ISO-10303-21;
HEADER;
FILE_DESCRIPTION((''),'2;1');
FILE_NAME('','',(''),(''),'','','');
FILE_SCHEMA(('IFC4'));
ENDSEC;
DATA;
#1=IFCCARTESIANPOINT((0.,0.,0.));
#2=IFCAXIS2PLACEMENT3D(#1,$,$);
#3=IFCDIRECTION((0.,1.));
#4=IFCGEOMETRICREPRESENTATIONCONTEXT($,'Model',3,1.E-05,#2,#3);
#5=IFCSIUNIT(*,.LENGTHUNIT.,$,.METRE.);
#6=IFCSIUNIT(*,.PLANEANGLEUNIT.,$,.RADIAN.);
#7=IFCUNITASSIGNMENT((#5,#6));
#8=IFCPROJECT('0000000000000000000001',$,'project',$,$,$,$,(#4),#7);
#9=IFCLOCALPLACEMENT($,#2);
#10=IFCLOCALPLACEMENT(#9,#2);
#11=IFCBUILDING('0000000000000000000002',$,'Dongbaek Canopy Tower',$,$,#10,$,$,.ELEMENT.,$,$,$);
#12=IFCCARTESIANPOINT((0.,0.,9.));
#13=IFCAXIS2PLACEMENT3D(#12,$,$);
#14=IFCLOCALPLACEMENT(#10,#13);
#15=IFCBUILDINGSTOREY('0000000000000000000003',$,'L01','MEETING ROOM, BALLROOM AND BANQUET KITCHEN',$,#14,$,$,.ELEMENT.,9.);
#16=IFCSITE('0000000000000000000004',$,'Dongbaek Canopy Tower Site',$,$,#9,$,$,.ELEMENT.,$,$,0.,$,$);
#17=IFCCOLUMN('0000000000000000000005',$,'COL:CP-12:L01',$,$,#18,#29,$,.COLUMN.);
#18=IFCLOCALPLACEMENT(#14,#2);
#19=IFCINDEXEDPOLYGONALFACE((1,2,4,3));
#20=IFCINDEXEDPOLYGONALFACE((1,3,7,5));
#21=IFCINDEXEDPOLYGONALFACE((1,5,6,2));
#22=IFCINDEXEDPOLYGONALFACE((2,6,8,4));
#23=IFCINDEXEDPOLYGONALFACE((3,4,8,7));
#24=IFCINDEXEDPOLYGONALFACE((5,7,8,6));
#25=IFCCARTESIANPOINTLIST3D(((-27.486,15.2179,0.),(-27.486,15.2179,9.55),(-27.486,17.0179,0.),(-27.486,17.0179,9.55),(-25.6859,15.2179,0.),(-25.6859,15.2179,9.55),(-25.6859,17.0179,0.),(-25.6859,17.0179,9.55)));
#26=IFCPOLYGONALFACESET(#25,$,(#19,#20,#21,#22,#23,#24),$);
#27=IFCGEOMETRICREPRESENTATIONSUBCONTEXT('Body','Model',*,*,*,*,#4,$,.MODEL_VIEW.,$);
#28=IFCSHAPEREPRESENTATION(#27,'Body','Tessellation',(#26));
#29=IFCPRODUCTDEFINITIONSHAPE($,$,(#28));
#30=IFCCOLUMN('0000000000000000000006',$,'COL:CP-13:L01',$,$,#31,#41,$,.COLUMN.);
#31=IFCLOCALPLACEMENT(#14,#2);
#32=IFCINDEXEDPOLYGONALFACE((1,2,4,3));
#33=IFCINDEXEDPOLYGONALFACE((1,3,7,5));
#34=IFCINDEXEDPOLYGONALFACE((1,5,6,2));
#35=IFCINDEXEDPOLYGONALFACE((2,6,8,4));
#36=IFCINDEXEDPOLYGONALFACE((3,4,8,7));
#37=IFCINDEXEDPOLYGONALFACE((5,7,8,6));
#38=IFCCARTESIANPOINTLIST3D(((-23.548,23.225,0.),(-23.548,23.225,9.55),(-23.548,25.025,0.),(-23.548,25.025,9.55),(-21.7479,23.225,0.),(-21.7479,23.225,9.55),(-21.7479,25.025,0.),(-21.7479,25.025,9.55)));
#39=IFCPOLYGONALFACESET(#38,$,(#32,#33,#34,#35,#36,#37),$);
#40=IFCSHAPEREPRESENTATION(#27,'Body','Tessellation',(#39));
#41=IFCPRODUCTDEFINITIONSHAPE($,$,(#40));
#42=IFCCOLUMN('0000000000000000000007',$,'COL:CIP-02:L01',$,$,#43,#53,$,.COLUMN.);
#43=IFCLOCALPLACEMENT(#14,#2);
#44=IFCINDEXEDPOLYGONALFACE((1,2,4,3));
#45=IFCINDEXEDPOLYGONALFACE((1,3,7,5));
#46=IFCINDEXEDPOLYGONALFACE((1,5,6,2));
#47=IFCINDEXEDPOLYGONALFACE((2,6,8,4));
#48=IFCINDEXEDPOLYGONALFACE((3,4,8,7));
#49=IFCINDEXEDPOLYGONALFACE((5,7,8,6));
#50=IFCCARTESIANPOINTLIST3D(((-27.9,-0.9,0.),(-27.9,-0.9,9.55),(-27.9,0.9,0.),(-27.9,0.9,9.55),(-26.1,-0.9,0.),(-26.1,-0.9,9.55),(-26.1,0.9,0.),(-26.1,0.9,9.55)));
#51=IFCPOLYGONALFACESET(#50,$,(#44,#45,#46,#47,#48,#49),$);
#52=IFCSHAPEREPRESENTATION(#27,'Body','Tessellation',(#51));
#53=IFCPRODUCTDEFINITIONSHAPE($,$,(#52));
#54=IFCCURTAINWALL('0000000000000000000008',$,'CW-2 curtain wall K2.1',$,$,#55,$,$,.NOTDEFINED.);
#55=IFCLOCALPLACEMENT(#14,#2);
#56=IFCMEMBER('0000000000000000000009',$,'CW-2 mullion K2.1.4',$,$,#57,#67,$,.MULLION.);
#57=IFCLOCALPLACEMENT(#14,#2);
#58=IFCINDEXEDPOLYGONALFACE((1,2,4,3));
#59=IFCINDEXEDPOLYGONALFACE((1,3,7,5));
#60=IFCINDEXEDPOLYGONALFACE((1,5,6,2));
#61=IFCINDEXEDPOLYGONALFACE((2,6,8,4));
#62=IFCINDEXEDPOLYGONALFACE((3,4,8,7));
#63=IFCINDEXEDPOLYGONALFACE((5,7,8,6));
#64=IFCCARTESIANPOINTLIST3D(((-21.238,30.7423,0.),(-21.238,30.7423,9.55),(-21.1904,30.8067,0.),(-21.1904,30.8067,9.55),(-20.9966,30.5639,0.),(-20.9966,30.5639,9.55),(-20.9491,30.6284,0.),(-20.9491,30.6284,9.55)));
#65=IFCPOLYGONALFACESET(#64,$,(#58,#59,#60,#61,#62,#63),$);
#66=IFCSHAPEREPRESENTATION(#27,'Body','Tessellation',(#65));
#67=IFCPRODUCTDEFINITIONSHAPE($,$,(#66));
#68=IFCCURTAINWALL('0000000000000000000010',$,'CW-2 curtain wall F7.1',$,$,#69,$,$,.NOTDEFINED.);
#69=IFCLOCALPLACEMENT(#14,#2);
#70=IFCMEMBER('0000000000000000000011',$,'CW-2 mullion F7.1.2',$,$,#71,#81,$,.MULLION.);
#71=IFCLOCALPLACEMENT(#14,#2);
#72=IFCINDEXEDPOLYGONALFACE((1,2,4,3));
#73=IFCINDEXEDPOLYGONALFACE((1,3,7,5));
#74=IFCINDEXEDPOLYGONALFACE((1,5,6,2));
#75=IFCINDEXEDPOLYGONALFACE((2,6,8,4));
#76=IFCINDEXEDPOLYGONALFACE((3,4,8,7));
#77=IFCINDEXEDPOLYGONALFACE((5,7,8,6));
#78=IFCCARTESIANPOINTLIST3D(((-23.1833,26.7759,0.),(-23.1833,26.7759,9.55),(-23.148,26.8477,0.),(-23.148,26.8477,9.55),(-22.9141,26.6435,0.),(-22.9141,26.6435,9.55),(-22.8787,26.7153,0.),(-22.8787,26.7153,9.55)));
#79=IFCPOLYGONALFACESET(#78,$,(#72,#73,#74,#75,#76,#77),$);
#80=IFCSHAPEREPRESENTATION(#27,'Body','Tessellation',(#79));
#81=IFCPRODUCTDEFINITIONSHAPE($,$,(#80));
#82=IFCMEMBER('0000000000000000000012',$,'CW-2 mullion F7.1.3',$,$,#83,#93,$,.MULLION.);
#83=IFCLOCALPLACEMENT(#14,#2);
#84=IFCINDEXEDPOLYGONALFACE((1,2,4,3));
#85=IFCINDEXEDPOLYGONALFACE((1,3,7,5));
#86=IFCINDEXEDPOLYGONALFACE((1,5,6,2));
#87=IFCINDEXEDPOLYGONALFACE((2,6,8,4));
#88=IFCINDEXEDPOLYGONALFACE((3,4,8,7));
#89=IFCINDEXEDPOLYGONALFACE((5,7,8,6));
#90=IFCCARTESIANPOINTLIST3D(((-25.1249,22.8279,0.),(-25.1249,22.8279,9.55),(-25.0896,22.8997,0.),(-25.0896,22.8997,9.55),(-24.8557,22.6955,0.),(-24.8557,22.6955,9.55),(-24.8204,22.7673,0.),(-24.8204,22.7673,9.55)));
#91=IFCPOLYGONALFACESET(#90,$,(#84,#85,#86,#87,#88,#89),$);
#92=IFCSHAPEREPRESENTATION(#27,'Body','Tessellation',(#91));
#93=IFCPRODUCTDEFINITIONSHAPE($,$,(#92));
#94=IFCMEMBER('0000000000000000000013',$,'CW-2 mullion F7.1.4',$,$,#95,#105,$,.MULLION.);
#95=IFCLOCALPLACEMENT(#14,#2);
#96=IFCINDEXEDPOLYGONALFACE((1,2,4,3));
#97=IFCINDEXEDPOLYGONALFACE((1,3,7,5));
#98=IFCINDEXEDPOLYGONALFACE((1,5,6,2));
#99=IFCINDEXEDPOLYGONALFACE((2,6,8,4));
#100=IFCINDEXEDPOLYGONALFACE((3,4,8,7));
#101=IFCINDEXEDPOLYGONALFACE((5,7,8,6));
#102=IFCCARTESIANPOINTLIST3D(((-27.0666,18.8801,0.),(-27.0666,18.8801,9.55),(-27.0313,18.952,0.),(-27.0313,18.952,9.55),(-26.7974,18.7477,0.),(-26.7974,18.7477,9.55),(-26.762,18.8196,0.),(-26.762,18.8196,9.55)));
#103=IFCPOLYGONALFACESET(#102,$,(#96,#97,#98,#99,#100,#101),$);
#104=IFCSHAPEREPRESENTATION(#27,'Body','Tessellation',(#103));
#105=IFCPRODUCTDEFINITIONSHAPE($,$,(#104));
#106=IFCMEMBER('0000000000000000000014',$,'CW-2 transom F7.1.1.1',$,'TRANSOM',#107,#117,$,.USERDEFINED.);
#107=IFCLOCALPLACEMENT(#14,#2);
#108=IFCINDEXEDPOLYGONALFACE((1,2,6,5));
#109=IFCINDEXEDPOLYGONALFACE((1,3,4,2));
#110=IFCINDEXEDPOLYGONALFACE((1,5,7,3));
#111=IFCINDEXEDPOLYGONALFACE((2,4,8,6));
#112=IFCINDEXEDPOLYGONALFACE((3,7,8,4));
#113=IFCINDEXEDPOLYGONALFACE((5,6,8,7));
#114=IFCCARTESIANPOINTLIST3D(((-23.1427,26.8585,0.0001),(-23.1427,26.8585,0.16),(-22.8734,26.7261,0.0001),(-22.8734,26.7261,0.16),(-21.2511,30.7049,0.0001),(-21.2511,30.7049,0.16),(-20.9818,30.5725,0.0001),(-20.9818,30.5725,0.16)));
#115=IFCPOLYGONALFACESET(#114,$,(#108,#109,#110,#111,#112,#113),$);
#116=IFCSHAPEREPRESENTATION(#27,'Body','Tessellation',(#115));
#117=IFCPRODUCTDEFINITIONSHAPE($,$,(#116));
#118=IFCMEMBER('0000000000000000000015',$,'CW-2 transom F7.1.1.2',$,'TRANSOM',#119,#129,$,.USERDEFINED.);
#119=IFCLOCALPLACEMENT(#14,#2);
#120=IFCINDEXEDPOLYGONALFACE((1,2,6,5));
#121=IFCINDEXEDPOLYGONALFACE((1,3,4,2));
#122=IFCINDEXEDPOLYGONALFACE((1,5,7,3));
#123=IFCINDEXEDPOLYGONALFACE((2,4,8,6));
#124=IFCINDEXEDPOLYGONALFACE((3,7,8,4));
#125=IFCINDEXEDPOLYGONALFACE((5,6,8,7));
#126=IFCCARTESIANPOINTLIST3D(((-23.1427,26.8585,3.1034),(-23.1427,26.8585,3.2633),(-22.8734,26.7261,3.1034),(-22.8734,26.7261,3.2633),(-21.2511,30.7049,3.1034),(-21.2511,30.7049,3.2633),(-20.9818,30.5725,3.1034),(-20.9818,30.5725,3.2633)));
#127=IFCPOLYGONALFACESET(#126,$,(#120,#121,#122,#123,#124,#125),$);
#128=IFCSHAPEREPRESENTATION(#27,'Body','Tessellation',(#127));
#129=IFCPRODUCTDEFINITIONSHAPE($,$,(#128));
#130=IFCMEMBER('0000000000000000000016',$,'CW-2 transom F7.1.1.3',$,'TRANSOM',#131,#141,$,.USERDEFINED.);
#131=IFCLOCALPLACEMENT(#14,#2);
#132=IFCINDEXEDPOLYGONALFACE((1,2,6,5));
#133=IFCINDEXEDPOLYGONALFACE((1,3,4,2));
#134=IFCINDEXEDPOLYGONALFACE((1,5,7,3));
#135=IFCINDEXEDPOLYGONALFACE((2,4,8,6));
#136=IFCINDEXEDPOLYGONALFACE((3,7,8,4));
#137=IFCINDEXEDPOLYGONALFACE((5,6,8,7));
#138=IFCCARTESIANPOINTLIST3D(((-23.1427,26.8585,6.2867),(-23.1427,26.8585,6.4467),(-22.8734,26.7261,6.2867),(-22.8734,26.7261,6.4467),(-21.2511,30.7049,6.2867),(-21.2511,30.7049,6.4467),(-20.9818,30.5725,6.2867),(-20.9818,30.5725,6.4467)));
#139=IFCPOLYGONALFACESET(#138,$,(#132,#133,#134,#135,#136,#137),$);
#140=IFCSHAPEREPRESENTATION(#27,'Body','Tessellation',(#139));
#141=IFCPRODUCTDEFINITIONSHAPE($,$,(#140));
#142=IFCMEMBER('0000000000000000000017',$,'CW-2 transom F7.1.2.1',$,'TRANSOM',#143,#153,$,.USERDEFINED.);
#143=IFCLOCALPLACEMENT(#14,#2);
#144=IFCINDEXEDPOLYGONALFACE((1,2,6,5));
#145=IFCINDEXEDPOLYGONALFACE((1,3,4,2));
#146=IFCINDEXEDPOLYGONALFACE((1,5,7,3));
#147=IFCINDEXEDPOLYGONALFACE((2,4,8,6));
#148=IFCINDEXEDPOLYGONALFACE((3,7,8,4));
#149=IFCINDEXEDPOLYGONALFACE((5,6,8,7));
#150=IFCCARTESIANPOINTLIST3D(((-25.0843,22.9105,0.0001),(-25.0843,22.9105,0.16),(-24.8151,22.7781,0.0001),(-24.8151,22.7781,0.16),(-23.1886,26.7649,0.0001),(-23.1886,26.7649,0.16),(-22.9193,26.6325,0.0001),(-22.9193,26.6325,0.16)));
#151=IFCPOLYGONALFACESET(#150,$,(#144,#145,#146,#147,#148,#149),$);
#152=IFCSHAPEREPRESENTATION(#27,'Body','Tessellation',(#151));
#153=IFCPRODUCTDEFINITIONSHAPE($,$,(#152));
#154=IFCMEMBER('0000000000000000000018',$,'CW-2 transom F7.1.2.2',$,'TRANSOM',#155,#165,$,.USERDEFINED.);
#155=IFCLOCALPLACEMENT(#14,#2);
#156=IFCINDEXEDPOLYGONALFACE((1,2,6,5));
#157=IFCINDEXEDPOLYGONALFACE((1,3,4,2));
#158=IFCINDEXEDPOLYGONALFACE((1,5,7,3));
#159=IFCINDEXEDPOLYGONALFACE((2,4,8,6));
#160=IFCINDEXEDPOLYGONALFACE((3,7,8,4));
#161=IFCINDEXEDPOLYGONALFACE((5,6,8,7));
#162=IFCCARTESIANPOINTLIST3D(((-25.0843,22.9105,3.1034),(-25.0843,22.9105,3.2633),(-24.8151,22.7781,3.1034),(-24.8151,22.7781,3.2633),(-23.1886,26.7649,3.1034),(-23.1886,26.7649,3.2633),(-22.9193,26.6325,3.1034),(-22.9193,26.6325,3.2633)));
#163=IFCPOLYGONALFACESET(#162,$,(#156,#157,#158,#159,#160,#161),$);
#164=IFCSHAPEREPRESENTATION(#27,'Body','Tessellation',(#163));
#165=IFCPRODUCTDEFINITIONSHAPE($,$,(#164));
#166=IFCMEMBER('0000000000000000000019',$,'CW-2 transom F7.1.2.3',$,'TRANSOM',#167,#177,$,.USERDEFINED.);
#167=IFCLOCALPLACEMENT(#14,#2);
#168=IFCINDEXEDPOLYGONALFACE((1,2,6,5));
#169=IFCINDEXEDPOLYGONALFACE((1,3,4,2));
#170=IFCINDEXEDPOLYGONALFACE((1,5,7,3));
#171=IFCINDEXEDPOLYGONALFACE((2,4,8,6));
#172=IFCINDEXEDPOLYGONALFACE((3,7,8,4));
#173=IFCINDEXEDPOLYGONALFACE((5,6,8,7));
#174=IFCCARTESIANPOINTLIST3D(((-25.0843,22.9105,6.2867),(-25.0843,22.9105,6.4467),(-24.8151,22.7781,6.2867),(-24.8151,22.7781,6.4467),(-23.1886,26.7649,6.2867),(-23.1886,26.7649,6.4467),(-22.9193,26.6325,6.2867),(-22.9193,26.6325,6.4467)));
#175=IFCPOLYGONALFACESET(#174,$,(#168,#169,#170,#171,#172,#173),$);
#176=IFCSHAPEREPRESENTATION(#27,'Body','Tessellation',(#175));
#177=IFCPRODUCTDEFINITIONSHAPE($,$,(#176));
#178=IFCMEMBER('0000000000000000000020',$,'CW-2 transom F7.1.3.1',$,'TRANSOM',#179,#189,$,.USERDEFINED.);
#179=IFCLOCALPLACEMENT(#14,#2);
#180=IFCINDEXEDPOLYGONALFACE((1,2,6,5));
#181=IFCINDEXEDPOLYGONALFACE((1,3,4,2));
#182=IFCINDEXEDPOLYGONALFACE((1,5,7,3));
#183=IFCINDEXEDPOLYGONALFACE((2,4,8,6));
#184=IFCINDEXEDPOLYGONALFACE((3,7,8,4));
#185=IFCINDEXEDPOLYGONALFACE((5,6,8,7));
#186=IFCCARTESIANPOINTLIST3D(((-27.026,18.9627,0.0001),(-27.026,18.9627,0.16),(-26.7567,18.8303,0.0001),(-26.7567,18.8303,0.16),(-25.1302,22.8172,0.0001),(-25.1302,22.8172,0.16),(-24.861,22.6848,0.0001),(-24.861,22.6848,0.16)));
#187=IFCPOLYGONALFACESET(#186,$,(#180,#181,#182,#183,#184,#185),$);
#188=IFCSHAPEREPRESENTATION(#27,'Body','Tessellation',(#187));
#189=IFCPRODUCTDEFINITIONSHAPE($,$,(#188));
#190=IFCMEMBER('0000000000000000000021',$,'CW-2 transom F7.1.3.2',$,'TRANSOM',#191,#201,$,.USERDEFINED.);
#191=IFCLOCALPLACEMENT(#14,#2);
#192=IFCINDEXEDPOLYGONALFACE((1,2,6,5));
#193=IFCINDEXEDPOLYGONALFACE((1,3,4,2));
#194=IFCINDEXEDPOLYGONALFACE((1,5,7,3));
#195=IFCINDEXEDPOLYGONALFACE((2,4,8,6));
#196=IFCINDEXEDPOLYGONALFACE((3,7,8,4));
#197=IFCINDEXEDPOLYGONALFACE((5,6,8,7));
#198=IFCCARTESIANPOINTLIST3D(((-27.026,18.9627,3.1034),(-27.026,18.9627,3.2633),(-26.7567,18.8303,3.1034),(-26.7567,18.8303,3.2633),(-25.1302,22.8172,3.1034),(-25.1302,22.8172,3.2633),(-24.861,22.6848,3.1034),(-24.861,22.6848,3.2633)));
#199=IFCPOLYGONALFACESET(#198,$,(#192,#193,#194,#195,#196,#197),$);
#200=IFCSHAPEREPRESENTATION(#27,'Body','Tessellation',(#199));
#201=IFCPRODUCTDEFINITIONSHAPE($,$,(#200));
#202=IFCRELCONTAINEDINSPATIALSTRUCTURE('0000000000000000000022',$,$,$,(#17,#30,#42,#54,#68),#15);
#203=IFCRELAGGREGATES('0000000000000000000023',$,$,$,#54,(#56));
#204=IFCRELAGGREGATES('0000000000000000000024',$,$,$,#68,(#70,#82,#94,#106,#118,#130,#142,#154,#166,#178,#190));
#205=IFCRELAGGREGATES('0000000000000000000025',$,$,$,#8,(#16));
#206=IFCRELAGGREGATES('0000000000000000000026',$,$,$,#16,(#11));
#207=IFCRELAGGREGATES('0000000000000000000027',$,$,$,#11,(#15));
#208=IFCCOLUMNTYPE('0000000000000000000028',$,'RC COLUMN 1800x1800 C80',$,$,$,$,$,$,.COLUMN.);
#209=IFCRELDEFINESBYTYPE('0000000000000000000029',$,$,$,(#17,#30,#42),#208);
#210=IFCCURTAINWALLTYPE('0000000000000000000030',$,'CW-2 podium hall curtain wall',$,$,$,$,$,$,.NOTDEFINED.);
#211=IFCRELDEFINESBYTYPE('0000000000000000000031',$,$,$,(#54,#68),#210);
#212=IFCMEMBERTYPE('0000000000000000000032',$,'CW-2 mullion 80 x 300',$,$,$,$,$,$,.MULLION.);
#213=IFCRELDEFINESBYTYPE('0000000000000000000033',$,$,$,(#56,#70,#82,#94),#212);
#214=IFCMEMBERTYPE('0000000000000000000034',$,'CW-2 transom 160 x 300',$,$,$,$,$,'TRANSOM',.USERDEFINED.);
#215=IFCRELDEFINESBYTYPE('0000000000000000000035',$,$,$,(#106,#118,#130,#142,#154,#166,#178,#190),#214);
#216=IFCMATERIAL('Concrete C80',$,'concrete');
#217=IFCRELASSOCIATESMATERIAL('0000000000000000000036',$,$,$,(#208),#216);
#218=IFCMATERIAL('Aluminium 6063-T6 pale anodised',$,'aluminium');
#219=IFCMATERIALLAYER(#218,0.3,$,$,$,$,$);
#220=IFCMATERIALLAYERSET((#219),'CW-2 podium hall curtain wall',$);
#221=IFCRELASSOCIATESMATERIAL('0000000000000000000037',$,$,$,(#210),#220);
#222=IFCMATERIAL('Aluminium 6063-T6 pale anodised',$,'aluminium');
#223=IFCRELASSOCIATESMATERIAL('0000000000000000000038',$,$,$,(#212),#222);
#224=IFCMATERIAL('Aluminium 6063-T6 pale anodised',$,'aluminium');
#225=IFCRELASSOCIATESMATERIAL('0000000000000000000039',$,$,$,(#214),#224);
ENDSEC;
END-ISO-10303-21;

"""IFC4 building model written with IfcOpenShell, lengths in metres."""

from ifc_helpers import new_model, si_unit, direction, frame, origin, origin_2d, place, context, subcontext, project, spatial, rectangle, extrude, material, layer, layer_set, material_profile, profile_set, type_object, element, aggregate, save


model = new_model("IFC4")

# Units and contexts
model_context = context("Model", 3, precision=1e-05, world=origin(), true_north=direction((0.0, 1.0)))
body_context = subcontext(model_context, "Body", "Model", "MODEL_VIEW")
ifc_project = project(units=[si_unit("LENGTHUNIT", "METRE"), si_unit("PLANEANGLEUNIT", "RADIAN")], contexts=[model_context])

# Site, building, storey
site_placement = place(None, origin())
site = spatial("IfcSite", under=ifc_project, at=site_placement, Name="Dongbaek Canopy Tower Site", CompositionType="ELEMENT", RefElevation=0.0)
building_placement = place(site_placement, origin())
building = spatial("IfcBuilding", under=site, at=building_placement, Name="Dongbaek Canopy Tower", CompositionType="ELEMENT")
storey_placement = place(building_placement, frame((0.0, 0.0, 9.0)))
storey = spatial("IfcBuildingStorey", under=building, at=storey_placement, Name="L01", Description="MEETING ROOM, BALLROOM AND BANQUET KITCHEN", CompositionType="ELEMENT", Elevation=9.0)

# Columns
ifc_material_1 = material(Name="Concrete C80", Category="concrete")
ifc_material_profile_1 = material_profile(ifc_material_1, rectangle(XDim=1.8, YDim=1.8, at=origin_2d()), Name="RC COLUMN 1800x1800 C80")
ifc_profile_set_1 = profile_set([ifc_material_profile_1], Name="Concrete C80")
column_type = type_object("IfcColumnType", Name="RC COLUMN 1800x1800 C80", PredefinedType="COLUMN", material=ifc_profile_set_1)
for number, where, z_axis, x_axis, name in (
    (1, (-26.5859, 16.1179, 0.0), (0.0, 0.0, 1.0), (1.0, 0.0, 0.0), "COL:CP-12:L01"),
    (2, (-22.6479, 24.125, 0.0), (0.0, 0.0, 1.0), (1.0, 0.0, 0.0), "COL:CP-13:L01"),
    (3, (-27.0, 0.0, 0.0), (0.0, 0.0, 1.0), (1.0, 0.0, 0.0), "COL:CIP-02:L01"),
):
    element("IfcColumn", number, at=place(storey_placement, frame(where, z_axis=z_axis, x_axis=x_axis)), inside=storey, type_object=column_type, Name=name, PredefinedType="COLUMN", context=body_context, shape_type="SweptSolid", body=[
        extrude(rectangle(XDim=1.8, YDim=1.8, at=origin_2d()), origin(), (0.0, 0.0, 1.0), 9.55),
    ])

# Curtain wall, member
ifc_material_2 = material(Name="Aluminium 6063-T6 pale anodised", Category="aluminium")
ifc_layer_1 = layer(ifc_material_2, 0.3)
ifc_layer_set_1 = layer_set([ifc_layer_1], Name="CW-2 podium hall curtain wall")
curtain_wall_type = type_object("IfcCurtainWallType", Name="CW-2 podium hall curtain wall", PredefinedType="NOTDEFINED", material=ifc_layer_set_1)
curtain_wall_1_placement = place(storey_placement, origin())
curtain_wall_1 = element("IfcCurtainWall", 4, at=curtain_wall_1_placement, inside=storey, type_object=curtain_wall_type, Name="CW-2 curtain wall K2.1", PredefinedType="NOTDEFINED")
ifc_material_3 = material(Name="Aluminium 6063-T6 pale anodised", Category="aluminium")
ifc_material_profile_2 = material_profile(ifc_material_3, rectangle(XDim=0.3, YDim=0.0801, at=origin_2d()), Name="CW-2 mullion 80 x 300")
ifc_profile_set_2 = profile_set([ifc_material_profile_2], Name="Aluminium 6063-T6 pale anodised")
member_type_1 = type_object("IfcMemberType", Name="CW-2 mullion 80 x 300", PredefinedType="MULLION", material=ifc_profile_set_2)
member_1_placement = place(storey_placement, frame((-21.0935, 30.6853, 0.0), z_axis=(0.0, 0.0, 1.0), x_axis=(-0.804278, 0.594253, 0.0)))
member_1 = element("IfcMember", 5, at=member_1_placement, type_object=member_type_1, Name="CW-2 mullion K2.1.4", PredefinedType="MULLION", context=body_context, shape_type="SweptSolid", body=[
    extrude(rectangle(XDim=0.3, YDim=0.0801, at=origin_2d()), origin(), (0.0, 0.0, 1.0), 9.55),
])

# Curtain wall, members
curtain_wall_2_placement = place(storey_placement, origin())
curtain_wall_2 = element("IfcCurtainWall", 6, at=curtain_wall_2_placement, inside=storey, type_object=curtain_wall_type, Name="CW-2 curtain wall F7.1", PredefinedType="NOTDEFINED")
member_2_placement = place(storey_placement, frame((-23.031, 26.7456, 0.0), z_axis=(0.0, 0.0, 1.0), x_axis=(-0.897339, 0.441342, 0.0)))
member_2 = element("IfcMember", 7, at=member_2_placement, type_object=member_type_1, Name="CW-2 mullion F7.1.2", PredefinedType="MULLION", context=body_context, shape_type="SweptSolid", body=[
    extrude(rectangle(XDim=0.3, YDim=0.0801, at=origin_2d()), origin(), (0.0, 0.0, 1.0), 9.55),
])
member_3_placement = place(storey_placement, frame((-24.9727, 22.7976, 0.0), z_axis=(0.0, 0.0, 1.0), x_axis=(-0.897339, 0.441342, 0.0)))
member_3 = element("IfcMember", 8, at=member_3_placement, type_object=member_type_1, Name="CW-2 mullion F7.1.3", PredefinedType="MULLION", context=body_context, shape_type="SweptSolid", body=[
    extrude(rectangle(XDim=0.3, YDim=0.0801, at=origin_2d()), origin(), (0.0, 0.0, 1.0), 9.55),
])
member_4_placement = place(storey_placement, frame((-26.9143, 18.8499, 0.0), z_axis=(0.0, 0.0, 1.0), x_axis=(-0.897339, 0.441342, 0.0)))
member_4 = element("IfcMember", 9, at=member_4_placement, type_object=member_type_1, Name="CW-2 mullion F7.1.4", PredefinedType="MULLION", context=body_context, shape_type="SweptSolid", body=[
    extrude(rectangle(XDim=0.3, YDim=0.0801, at=origin_2d()), origin(), (0.0, 0.0, 1.0), 9.55),
])
ifc_material_4 = material(Name="Aluminium 6063-T6 pale anodised", Category="aluminium")
ifc_material_profile_3 = material_profile(ifc_material_4, rectangle(XDim=0.3, YDim=0.1599, at=origin_2d()), Name="CW-2 transom 160 x 300")
ifc_profile_set_3 = profile_set([ifc_material_profile_3], Name="Aluminium 6063-T6 pale anodised")
member_type_2 = type_object("IfcMemberType", Name="CW-2 transom 160 x 300", ElementType="TRANSOM", PredefinedType="USERDEFINED", material=ifc_profile_set_3)
member_5_placement = place(storey_placement, frame((-21.1165, 30.6387, 0.0801), z_axis=(-0.441303, -0.897358, 0.0), x_axis=(0.897358, -0.441303, 0.0)))
member_5 = element("IfcMember", 10, at=member_5_placement, type_object=member_type_2, Name="CW-2 transom F7.1.1.1", ObjectType="TRANSOM", PredefinedType="USERDEFINED", context=body_context, shape_type="SweptSolid", body=[
    extrude(rectangle(XDim=0.3, YDim=0.1599, at=origin_2d()), origin(), (0.0, 0.0, 1.0), 4.2864),
])
member_6_placement = place(storey_placement, frame((-21.1165, 30.6387, 3.1833), z_axis=(-0.441303, -0.897358, 0.0), x_axis=(0.897358, -0.441303, 0.0)))
member_6 = element("IfcMember", 11, at=member_6_placement, type_object=member_type_2, Name="CW-2 transom F7.1.1.2", ObjectType="TRANSOM", PredefinedType="USERDEFINED", context=body_context, shape_type="SweptSolid", body=[
    extrude(rectangle(XDim=0.3, YDim=0.1599, at=origin_2d()), origin(), (0.0, 0.0, 1.0), 4.2864),
])
member_7_placement = place(storey_placement, frame((-21.1165, 30.6387, 6.3667), z_axis=(-0.441303, -0.897358, 0.0), x_axis=(0.897358, -0.441303, 0.0)))
member_7 = element("IfcMember", 12, at=member_7_placement, type_object=member_type_2, Name="CW-2 transom F7.1.1.3", ObjectType="TRANSOM", PredefinedType="USERDEFINED", context=body_context, shape_type="SweptSolid", body=[
    extrude(rectangle(XDim=0.3, YDim=0.1599, at=origin_2d()), origin(), (0.0, 0.0, 1.0), 4.2864),
])
member_8_placement = place(storey_placement, frame((-23.054, 26.6987, 0.0801), z_axis=(-0.441338, -0.897341, 0.0), x_axis=(0.897341, -0.441338, 0.0)))
member_8 = element("IfcMember", 13, at=member_8_placement, type_object=member_type_2, Name="CW-2 transom F7.1.2.1", ObjectType="TRANSOM", PredefinedType="USERDEFINED", context=body_context, shape_type="SweptSolid", body=[
    extrude(rectangle(XDim=0.3, YDim=0.1599, at=origin_2d()), origin(), (0.0, 0.0, 1.0), 4.2954),
])
member_9_placement = place(storey_placement, frame((-23.054, 26.6987, 3.1833), z_axis=(-0.441338, -0.897341, 0.0), x_axis=(0.897341, -0.441338, 0.0)))
member_9 = element("IfcMember", 14, at=member_9_placement, type_object=member_type_2, Name="CW-2 transom F7.1.2.2", ObjectType="TRANSOM", PredefinedType="USERDEFINED", context=body_context, shape_type="SweptSolid", body=[
    extrude(rectangle(XDim=0.3, YDim=0.1599, at=origin_2d()), origin(), (0.0, 0.0, 1.0), 4.2954),
])
member_10_placement = place(storey_placement, frame((-23.054, 26.6987, 6.3667), z_axis=(-0.441338, -0.897341, 0.0), x_axis=(0.897341, -0.441338, 0.0)))
member_10 = element("IfcMember", 15, at=member_10_placement, type_object=member_type_2, Name="CW-2 transom F7.1.2.3", ObjectType="TRANSOM", PredefinedType="USERDEFINED", context=body_context, shape_type="SweptSolid", body=[
    extrude(rectangle(XDim=0.3, YDim=0.1599, at=origin_2d()), origin(), (0.0, 0.0, 1.0), 4.2954),
])
member_11_placement = place(storey_placement, frame((-24.9956, 22.751, 0.0801), z_axis=(-0.441338, -0.897341, 0.0), x_axis=(0.897341, -0.441338, 0.0)))
member_11 = element("IfcMember", 16, at=member_11_placement, type_object=member_type_2, Name="CW-2 transom F7.1.3.1", ObjectType="TRANSOM", PredefinedType="USERDEFINED", context=body_context, shape_type="SweptSolid", body=[
    extrude(rectangle(XDim=0.3, YDim=0.1599, at=origin_2d()), origin(), (0.0, 0.0, 1.0), 4.2954),
])
member_12_placement = place(storey_placement, frame((-24.9956, 22.751, 3.1833), z_axis=(-0.441338, -0.897341, 0.0), x_axis=(0.897341, -0.441338, 0.0)))
member_12 = element("IfcMember", 17, at=member_12_placement, type_object=member_type_2, Name="CW-2 transom F7.1.3.2", ObjectType="TRANSOM", PredefinedType="USERDEFINED", context=body_context, shape_type="SweptSolid", body=[
    extrude(rectangle(XDim=0.3, YDim=0.1599, at=origin_2d()), origin(), (0.0, 0.0, 1.0), 4.2954),
])

aggregate(curtain_wall_1, [member_1])
aggregate(curtain_wall_2, [member_2, member_3, member_4, member_5, member_6, member_7, member_8, member_9, member_10, member_11, member_12])

save(model, "model.ifc")
